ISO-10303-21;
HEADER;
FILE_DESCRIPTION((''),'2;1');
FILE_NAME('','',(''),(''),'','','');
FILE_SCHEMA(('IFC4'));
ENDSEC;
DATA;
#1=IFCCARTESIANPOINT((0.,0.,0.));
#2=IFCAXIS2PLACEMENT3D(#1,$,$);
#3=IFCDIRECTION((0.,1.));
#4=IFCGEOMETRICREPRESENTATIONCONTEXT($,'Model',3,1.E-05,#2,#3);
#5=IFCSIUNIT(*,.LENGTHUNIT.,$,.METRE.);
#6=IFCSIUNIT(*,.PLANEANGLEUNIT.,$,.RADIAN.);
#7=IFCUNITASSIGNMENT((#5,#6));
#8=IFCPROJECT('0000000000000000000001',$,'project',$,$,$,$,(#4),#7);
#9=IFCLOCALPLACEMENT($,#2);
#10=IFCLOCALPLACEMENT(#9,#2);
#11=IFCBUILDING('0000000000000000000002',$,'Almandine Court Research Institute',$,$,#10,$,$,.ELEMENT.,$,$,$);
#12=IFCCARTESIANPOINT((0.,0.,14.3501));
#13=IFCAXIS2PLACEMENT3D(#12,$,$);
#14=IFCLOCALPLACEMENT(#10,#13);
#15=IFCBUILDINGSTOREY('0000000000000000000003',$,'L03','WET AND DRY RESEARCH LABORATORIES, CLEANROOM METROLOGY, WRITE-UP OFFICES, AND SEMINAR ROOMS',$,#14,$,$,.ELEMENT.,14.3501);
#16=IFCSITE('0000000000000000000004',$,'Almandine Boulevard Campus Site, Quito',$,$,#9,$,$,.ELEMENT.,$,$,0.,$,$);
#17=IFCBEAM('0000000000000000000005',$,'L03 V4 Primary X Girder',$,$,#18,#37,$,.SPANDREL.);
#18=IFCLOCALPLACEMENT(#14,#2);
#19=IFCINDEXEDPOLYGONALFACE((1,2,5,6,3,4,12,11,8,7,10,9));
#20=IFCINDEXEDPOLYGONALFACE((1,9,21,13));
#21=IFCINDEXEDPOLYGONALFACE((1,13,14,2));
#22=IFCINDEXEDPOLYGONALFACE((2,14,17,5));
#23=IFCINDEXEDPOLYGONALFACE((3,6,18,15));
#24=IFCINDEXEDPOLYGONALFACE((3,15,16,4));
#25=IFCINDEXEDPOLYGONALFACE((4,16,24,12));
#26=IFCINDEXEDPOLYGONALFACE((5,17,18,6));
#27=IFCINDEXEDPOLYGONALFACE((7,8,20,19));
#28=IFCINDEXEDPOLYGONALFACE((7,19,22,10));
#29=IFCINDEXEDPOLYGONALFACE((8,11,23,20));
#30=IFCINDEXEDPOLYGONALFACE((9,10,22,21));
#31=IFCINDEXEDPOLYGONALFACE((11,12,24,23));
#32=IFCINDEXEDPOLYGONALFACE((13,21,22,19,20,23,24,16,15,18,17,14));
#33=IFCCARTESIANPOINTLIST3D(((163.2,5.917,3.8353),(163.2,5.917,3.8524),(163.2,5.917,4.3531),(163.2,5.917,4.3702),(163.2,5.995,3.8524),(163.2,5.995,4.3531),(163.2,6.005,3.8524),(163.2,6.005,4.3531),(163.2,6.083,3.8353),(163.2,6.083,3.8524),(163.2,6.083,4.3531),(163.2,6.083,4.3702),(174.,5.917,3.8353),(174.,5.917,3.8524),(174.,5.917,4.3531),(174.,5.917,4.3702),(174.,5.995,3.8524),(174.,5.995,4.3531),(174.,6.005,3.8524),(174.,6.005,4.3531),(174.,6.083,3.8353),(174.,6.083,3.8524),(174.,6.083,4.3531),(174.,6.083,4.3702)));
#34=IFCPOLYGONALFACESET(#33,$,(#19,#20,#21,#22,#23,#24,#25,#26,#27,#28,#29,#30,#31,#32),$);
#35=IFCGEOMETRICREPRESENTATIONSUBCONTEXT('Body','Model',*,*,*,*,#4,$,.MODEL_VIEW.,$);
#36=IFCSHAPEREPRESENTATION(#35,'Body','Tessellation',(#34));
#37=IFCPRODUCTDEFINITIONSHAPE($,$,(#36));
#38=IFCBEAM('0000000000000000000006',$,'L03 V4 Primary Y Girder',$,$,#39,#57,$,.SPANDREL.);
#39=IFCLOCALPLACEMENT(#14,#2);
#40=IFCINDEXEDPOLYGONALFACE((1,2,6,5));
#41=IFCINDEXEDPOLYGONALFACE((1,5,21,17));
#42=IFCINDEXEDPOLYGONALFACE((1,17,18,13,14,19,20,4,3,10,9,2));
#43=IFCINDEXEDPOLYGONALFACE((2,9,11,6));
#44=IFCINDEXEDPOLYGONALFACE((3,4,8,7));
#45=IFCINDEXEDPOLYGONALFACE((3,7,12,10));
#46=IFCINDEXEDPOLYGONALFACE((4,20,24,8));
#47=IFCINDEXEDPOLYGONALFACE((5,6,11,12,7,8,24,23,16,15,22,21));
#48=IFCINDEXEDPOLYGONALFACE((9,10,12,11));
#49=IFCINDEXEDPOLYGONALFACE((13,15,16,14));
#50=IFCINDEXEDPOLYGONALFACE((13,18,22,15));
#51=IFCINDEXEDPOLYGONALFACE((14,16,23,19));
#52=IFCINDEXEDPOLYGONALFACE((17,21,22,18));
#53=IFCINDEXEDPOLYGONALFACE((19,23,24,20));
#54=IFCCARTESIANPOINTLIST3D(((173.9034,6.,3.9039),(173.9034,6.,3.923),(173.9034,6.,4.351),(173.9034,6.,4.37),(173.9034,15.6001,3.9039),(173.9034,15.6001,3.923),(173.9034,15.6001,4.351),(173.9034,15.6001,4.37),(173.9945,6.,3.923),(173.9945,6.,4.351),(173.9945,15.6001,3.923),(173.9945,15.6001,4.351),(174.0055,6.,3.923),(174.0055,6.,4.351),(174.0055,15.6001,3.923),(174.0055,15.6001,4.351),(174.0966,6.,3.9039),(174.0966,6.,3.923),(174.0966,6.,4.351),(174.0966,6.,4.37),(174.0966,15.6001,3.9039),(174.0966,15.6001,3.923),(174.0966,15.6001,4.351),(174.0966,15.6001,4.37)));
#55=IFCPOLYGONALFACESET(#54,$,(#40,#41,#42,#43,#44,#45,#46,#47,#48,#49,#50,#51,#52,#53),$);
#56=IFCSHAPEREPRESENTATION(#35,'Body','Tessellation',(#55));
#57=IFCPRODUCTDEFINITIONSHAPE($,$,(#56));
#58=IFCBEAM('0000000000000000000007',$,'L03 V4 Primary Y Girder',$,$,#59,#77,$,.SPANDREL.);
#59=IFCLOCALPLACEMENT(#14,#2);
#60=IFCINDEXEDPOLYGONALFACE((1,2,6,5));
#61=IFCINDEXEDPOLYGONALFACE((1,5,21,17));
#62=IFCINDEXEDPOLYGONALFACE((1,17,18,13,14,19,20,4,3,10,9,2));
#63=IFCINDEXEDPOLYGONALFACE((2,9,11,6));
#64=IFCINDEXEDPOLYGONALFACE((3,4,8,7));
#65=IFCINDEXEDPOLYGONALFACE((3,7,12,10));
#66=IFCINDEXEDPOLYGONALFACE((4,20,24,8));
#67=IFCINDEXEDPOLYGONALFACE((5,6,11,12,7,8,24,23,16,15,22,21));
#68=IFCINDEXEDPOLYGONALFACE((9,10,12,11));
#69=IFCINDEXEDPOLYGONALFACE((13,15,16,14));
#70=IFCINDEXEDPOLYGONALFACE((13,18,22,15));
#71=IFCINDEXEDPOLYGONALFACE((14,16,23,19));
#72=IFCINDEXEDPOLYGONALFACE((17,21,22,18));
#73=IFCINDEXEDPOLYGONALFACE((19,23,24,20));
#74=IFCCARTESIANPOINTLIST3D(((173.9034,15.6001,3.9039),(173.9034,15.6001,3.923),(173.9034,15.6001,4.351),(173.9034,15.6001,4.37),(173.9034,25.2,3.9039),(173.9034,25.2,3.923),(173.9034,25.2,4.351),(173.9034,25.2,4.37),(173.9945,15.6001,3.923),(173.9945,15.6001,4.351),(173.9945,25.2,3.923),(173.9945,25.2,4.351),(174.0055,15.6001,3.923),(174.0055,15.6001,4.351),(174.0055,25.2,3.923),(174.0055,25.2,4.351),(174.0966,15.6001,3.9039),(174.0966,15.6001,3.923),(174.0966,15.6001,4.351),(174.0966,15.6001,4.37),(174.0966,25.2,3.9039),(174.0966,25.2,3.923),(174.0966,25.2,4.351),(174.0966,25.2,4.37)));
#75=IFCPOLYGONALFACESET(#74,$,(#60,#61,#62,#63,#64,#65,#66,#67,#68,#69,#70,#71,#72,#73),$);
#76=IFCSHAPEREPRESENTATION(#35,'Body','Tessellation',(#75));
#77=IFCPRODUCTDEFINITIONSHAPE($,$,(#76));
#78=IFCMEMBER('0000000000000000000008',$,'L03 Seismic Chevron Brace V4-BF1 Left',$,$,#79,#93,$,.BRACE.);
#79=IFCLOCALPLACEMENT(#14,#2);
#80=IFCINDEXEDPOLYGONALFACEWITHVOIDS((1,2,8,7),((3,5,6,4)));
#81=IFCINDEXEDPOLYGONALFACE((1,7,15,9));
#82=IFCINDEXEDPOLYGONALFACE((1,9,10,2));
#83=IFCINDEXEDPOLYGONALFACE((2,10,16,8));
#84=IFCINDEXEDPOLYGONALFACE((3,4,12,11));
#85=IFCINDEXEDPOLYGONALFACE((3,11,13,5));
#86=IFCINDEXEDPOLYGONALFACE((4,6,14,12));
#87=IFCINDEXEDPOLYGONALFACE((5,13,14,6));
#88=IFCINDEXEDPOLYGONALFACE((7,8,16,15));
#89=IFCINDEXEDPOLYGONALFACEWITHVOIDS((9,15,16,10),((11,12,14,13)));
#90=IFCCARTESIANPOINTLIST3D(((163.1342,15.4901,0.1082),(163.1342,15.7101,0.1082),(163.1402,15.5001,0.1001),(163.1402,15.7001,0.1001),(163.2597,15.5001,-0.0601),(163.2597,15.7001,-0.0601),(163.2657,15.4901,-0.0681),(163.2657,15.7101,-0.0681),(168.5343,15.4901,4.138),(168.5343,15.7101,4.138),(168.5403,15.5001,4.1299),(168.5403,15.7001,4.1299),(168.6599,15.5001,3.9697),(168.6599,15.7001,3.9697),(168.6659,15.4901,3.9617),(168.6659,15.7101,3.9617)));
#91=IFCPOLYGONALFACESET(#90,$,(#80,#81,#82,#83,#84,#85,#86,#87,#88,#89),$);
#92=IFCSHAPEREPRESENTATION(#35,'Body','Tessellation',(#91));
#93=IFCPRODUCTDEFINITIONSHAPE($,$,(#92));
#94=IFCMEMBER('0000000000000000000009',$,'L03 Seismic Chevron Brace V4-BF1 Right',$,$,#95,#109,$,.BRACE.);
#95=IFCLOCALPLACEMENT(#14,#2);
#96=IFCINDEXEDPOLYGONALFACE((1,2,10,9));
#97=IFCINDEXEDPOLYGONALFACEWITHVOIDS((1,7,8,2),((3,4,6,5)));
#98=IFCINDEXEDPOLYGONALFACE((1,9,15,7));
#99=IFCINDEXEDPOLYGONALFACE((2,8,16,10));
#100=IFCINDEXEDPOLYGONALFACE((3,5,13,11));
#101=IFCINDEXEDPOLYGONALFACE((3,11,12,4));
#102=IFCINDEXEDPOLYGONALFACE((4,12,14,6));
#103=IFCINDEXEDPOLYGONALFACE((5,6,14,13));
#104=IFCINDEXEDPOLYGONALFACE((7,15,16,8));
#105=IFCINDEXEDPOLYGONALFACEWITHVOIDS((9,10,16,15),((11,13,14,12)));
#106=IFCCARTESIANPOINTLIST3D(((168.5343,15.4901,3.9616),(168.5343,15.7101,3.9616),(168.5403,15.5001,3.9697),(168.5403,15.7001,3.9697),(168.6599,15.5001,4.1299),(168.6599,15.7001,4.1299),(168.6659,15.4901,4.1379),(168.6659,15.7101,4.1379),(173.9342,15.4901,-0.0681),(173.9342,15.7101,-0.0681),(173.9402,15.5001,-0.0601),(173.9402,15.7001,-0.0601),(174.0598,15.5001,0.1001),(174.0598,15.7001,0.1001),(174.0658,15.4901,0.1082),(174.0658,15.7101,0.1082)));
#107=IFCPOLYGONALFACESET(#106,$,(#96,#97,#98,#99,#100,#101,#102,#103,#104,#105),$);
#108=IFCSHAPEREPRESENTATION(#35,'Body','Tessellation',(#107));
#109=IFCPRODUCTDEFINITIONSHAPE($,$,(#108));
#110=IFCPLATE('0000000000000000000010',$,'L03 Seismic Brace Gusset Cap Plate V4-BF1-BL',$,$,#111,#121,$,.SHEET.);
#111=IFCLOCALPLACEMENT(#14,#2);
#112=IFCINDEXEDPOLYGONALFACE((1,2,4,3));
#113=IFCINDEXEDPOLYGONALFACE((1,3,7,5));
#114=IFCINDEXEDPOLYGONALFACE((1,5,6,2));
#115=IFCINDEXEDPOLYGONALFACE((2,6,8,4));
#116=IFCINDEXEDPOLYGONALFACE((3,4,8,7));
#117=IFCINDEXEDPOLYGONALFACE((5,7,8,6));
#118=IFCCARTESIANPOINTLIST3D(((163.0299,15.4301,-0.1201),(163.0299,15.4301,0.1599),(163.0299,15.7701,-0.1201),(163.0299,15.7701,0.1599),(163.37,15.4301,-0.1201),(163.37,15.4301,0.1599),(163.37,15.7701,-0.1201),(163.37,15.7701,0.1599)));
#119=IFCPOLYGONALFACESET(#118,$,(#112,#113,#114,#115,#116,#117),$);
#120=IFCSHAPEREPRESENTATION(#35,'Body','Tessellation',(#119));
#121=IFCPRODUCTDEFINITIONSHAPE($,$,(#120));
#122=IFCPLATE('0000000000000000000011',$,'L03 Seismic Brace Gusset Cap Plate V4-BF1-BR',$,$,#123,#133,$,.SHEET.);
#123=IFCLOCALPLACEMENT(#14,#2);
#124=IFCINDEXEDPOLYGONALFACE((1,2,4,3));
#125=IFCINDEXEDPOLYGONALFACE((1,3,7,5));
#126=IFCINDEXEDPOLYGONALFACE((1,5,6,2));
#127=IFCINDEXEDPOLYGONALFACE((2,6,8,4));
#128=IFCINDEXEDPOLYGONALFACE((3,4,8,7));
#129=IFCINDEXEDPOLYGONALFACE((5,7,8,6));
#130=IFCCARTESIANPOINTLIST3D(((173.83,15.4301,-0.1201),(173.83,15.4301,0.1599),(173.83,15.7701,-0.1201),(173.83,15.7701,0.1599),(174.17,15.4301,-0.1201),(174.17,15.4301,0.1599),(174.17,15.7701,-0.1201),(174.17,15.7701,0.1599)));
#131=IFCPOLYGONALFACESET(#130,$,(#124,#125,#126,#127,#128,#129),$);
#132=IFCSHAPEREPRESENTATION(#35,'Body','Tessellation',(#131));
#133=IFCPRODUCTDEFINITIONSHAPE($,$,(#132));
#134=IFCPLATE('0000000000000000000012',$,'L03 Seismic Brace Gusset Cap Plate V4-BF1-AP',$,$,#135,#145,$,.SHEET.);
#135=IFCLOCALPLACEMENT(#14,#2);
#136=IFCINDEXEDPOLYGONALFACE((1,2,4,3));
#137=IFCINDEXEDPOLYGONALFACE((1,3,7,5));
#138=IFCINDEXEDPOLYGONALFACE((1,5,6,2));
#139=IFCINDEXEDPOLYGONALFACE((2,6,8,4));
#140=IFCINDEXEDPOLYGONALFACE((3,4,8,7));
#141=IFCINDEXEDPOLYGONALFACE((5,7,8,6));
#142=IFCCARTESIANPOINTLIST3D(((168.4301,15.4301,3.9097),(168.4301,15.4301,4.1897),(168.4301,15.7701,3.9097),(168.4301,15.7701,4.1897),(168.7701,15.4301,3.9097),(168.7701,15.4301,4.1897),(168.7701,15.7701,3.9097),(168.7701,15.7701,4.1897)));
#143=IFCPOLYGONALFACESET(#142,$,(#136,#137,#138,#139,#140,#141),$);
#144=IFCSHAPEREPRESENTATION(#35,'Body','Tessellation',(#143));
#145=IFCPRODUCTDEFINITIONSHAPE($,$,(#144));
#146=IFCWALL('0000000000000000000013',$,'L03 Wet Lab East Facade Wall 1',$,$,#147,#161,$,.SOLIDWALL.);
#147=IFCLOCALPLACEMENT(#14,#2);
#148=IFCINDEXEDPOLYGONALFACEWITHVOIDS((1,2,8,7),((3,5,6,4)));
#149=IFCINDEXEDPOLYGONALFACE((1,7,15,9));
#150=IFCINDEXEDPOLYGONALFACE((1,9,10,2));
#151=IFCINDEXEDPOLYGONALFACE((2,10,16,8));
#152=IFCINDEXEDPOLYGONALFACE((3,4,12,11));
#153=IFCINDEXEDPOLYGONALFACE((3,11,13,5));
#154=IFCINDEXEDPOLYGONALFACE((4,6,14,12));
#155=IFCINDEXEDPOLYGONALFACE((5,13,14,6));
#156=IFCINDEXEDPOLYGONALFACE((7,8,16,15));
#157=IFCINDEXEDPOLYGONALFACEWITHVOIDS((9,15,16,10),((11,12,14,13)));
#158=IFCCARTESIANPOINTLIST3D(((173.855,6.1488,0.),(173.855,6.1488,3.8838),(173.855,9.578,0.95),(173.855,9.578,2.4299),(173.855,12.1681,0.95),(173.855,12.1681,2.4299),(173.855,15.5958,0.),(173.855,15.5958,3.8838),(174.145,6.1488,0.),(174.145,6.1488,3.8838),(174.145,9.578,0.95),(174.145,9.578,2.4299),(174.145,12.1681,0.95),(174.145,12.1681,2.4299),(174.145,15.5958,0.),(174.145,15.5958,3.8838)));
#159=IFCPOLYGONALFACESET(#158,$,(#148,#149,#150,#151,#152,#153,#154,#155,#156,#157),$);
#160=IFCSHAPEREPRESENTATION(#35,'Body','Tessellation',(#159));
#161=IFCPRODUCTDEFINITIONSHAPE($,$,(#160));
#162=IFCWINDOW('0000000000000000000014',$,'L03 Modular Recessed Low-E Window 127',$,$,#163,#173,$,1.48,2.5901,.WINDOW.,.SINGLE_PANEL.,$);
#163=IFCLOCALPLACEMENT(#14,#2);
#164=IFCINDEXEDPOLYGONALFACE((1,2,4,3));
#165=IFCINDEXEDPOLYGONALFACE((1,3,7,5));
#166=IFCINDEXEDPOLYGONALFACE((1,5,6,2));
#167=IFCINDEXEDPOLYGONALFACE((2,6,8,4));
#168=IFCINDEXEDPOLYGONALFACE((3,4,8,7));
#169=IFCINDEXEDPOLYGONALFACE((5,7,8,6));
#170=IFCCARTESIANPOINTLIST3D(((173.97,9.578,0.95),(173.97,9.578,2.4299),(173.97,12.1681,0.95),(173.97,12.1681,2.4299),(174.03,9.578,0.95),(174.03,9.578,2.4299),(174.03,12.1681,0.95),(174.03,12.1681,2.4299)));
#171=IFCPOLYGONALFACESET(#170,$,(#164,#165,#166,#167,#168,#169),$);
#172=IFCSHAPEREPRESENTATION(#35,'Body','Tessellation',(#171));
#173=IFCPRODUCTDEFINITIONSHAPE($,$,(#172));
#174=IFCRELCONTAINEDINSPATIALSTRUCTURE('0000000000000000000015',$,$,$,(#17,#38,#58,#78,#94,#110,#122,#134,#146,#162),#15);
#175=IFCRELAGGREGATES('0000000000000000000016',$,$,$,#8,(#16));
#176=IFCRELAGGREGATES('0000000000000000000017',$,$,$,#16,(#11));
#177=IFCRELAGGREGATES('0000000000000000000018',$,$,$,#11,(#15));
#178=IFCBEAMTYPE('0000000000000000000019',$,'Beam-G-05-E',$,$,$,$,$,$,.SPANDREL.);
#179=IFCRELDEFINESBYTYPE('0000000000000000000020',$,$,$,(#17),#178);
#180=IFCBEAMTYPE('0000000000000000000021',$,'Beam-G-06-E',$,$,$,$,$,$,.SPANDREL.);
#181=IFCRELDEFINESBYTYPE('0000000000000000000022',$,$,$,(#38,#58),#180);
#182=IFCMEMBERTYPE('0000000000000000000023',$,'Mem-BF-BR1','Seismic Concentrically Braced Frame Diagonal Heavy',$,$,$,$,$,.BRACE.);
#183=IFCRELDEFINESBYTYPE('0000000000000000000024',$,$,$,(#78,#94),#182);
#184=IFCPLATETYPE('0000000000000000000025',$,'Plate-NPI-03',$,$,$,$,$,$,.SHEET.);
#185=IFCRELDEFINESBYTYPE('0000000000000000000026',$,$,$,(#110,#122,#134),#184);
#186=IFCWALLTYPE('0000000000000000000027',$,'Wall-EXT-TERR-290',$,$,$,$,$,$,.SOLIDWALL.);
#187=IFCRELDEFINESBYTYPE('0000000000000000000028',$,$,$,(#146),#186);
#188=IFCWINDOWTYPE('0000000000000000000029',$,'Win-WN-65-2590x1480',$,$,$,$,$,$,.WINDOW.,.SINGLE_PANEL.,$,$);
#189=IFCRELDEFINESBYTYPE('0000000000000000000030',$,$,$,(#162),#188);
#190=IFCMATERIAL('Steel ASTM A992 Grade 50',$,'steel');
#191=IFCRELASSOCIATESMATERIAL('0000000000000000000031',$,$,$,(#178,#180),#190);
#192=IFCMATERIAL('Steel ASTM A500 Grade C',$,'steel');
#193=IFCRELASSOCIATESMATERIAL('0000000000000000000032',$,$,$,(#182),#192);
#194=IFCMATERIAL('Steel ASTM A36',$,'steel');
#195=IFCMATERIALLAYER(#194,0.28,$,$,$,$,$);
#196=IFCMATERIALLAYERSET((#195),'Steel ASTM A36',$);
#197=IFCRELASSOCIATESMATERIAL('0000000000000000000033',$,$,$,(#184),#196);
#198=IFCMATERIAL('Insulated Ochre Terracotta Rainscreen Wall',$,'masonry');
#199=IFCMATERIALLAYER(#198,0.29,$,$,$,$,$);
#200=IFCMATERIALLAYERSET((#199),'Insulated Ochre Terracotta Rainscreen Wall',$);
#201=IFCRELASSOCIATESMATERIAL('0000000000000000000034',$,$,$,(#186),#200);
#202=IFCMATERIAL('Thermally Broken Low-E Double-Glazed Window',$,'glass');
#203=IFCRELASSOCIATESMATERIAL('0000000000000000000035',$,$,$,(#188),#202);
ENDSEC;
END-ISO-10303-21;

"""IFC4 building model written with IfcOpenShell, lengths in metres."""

from ifc_helpers import new_model, si_unit, direction, frame, frame_2d, origin, origin_2d, place, context, subcontext, project, spatial, rectangle, hollow_rectangle, i_section, extrude, material, layer, layer_set, material_profile, profile_set, type_object, element, fill, save


model = new_model("IFC4")

# Units and contexts
model_context = context("Model", 3, precision=1e-05, world=origin(), true_north=direction((0.0, 1.0)))
body_context = subcontext(model_context, "Body", "Model", "MODEL_VIEW")
ifc_project = project(units=[si_unit("LENGTHUNIT", "METRE"), si_unit("PLANEANGLEUNIT", "RADIAN")], contexts=[model_context])

# Site, building, storey
site_placement = place(None, origin())
site = spatial("IfcSite", under=ifc_project, at=site_placement, Name="Almandine Boulevard Campus Site, Quito", CompositionType="ELEMENT", RefElevation=0.0)
building_placement = place(site_placement, origin())
building = spatial("IfcBuilding", under=site, at=building_placement, Name="Almandine Court Research Institute", CompositionType="ELEMENT")
storey_placement = place(building_placement, frame((0.0, 0.0, 14.3501)))
storey = spatial("IfcBuildingStorey", under=building, at=storey_placement, Name="L03", Description="WET AND DRY RESEARCH LABORATORIES, CLEANROOM METROLOGY, WRITE-UP OFFICES, AND SEMINAR ROOMS", CompositionType="ELEMENT", Elevation=14.3501)

# Shared definitions
ifc_material_1 = material(Name="Steel ASTM A992 Grade 50", Category="steel")

# Beams
ifc_material_profile_1 = material_profile(ifc_material_1, i_section(OverallWidth=0.166, OverallDepth=0.5349, WebThickness=0.01, FlangeThickness=0.0171, at=origin_2d()), Name="W530x85")
ifc_profile_set_1 = profile_set([ifc_material_profile_1], Name="Steel ASTM A992 Grade 50")
beam_type_1 = type_object("IfcBeamType", Name="Beam-G-05-E", PredefinedType="SPANDREL", material=ifc_profile_set_1)
beam_1_placement = place(storey_placement, frame((163.2, 6.0, 4.1028), z_axis=(1.0, 0.0, 0.0), x_axis=(0.0, 1.0, 0.0)))
element("IfcBeam", 1, at=beam_1_placement, inside=storey, type_object=beam_type_1, Name="L03 V4 Primary X Girder", PredefinedType="SPANDREL", context=body_context, shape_type="SweptSolid", body=[
    extrude(i_section(OverallWidth=0.166, OverallDepth=0.5349, WebThickness=0.01, FlangeThickness=0.0171, at=origin_2d()), origin(), (0.0, 0.0, 1.0), 10.8),
])
ifc_material_profile_2 = material_profile(ifc_material_1, i_section(OverallWidth=0.1931, OverallDepth=0.4661, WebThickness=0.011, FlangeThickness=0.019, at=origin_2d()), Name="W460x97")
ifc_profile_set_2 = profile_set([ifc_material_profile_2], Name="Steel ASTM A992 Grade 50")
beam_type_2 = type_object("IfcBeamType", Name="Beam-G-06-E", PredefinedType="SPANDREL", material=ifc_profile_set_2)
beam_2_placement = place(storey_placement, frame((174.0, 6.0, 4.137), z_axis=(0.0, 1.0, 0.0), x_axis=(-1.0, 0.0, 0.0)))
element("IfcBeam", 2, at=beam_2_placement, inside=storey, type_object=beam_type_2, Name="L03 V4 Primary Y Girder", PredefinedType="SPANDREL", context=body_context, shape_type="SweptSolid", body=[
    extrude(i_section(OverallWidth=0.1931, OverallDepth=0.4661, WebThickness=0.011, FlangeThickness=0.019, at=origin_2d()), origin(), (0.0, 0.0, 1.0), 9.6001),
])
beam_3_placement = place(storey_placement, frame((174.0, 15.6001, 4.137), z_axis=(0.0, 1.0, 0.0), x_axis=(-1.0, 0.0, 0.0)))
element("IfcBeam", 3, at=beam_3_placement, inside=storey, type_object=beam_type_2, Name="L03 V4 Primary Y Girder", PredefinedType="SPANDREL", context=body_context, shape_type="SweptSolid", body=[
    extrude(i_section(OverallWidth=0.1931, OverallDepth=0.4661, WebThickness=0.011, FlangeThickness=0.019, at=origin_2d()), origin(), (0.0, 0.0, 1.0), 9.5999),
])

# Members
ifc_material_2 = material(Name="Steel ASTM A500 Grade C", Category="steel")
ifc_material_profile_3 = material_profile(ifc_material_2, hollow_rectangle(XDim=0.22, YDim=0.22, WallThickness=0.01, at=origin_2d()), Name="HSS 220x220x10")
ifc_profile_set_3 = profile_set([ifc_material_profile_3], Name="Steel ASTM A500 Grade C")
member_type = type_object("IfcMemberType", Name="Mem-BF-BR1", Description="Seismic Concentrically Braced Frame Diagonal Heavy", PredefinedType="BRACE", material=ifc_profile_set_3)
member_1_placement = place(storey_placement, frame((163.2, 15.6001, 0.02), z_axis=(0.801446, 0.0, 0.598068), x_axis=(0.0, 1.0, 0.0)))
element("IfcMember", 4, at=member_1_placement, inside=storey, type_object=member_type, Name="L03 Seismic Chevron Brace V4-BF1 Left", PredefinedType="BRACE", context=body_context, shape_type="SweptSolid", body=[
    extrude(hollow_rectangle(XDim=0.22, YDim=0.22, WallThickness=0.01, at=origin_2d()), origin(), (0.0, 0.0, 1.0), 6.738),
])
member_2_placement = place(storey_placement, frame((174.0, 15.6001, 0.02), z_axis=(-0.801433, 0.0, 0.598085), x_axis=(0.0, -1.0, 0.0)))
element("IfcMember", 5, at=member_2_placement, inside=storey, type_object=member_type, Name="L03 Seismic Chevron Brace V4-BF1 Right", PredefinedType="BRACE", context=body_context, shape_type="SweptSolid", body=[
    extrude(hollow_rectangle(XDim=0.22, YDim=0.22, WallThickness=0.01, at=origin_2d()), origin(), (0.0, 0.0, 1.0), 6.7378),
])

# Plates
ifc_material_3 = material(Name="Steel ASTM A36", Category="steel")
ifc_layer_1 = layer(ifc_material_3, 0.28)
ifc_layer_set_1 = layer_set([ifc_layer_1], Name="Steel ASTM A36")
plate_type = type_object("IfcPlateType", Name="Plate-NPI-03", PredefinedType="SHEET", material=ifc_layer_set_1)
for number, where, z_axis, x_axis, name in (
    (6, (163.2, 15.6001, -0.1201), (0.0, 0.0, 1.0), (1.0, 0.0, 0.0), "L03 Seismic Brace Gusset Cap Plate V4-BF1-BL"),
    (7, (174.0, 15.6001, -0.1201), (0.0, 0.0, 1.0), (1.0, 0.0, 0.0), "L03 Seismic Brace Gusset Cap Plate V4-BF1-BR"),
    (8, (168.6001, 15.6001, 3.9097), (0.0, 0.0, 1.0), (1.0, 0.0, 0.0), "L03 Seismic Brace Gusset Cap Plate V4-BF1-AP"),
):
    element("IfcPlate", number, at=place(storey_placement, frame(where, z_axis=z_axis, x_axis=x_axis)), inside=storey, type_object=plate_type, Name=name, PredefinedType="SHEET", context=body_context, shape_type="SweptSolid", body=[
        extrude(rectangle(XDim=0.3401, YDim=0.3401, at=origin_2d()), origin(), (0.0, 0.0, 1.0), 0.28),
    ])

# Wall, opening, window
ifc_material_4 = material(Name="Insulated Ochre Terracotta Rainscreen Wall", Category="masonry")
ifc_layer_2 = layer(ifc_material_4, 0.29)
ifc_layer_set_2 = layer_set([ifc_layer_2], Name="Insulated Ochre Terracotta Rainscreen Wall")
wall_type_1 = type_object("IfcWallType", Name="Wall-EXT-TERR-290", PredefinedType="SOLIDWALL", material=ifc_layer_set_2)
wall_1_placement = place(storey_placement, frame((174.0, 15.5959, 0.0), z_axis=(0.0, 0.0, 1.0), x_axis=(0.0, -1.0, 0.0)))
wall_1 = element("IfcWall", 9, at=wall_1_placement, inside=storey, type_object=wall_type_1, Name="L03 Wet Lab East Facade Wall 1", PredefinedType="SOLIDWALL", context=body_context, shape_type="SweptSolid", body=[
    extrude(rectangle(XDim=9.447, YDim=0.29, at=frame_2d((4.7236, 0.0))), origin(), (0.0, 0.0, 1.0), 3.8838),
])
opening_1_placement = place(wall_1_placement, frame((3.428, 0.0, 0.95)))
opening_1 = element("IfcOpeningElement", 10, at=opening_1_placement, cuts=wall_1, PredefinedType="OPENING", context=body_context, shape_type="SweptSolid", body=[
    extrude(rectangle(XDim=2.5901, YDim=1.48, at=frame_2d((1.2949, 0.74))), frame((0.0, 0.155, 0.0), z_axis=(0.0, -1.0, 0.0), x_axis=(1.0, 0.0, 0.0)), (0.0, 0.0, 1.0), 0.3101),
])
ifc_material_5 = material(Name="Thermally Broken Low-E Double-Glazed Window", Category="glass")
window_type_1 = type_object("IfcWindowType", Name="Win-WN-65-2590x1480", PartitioningType="SINGLE_PANEL", PredefinedType="WINDOW", material=ifc_material_5)
window_1_placement = place(opening_1_placement, origin())
window_1 = element("IfcWindow", 11, at=window_1_placement, inside=storey, type_object=window_type_1, Name="L03 Modular Recessed Low-E Window 127", OverallHeight=1.48, OverallWidth=2.5901, PartitioningType="SINGLE_PANEL", PredefinedType="WINDOW", context=body_context, shape_type="SweptSolid", body=[
    extrude(rectangle(XDim=2.5901, YDim=1.48, at=frame_2d((1.2949, 0.74))), frame((0.0, 0.03, 0.0), z_axis=(0.0, -1.0, 0.0), x_axis=(1.0, 0.0, 0.0)), (0.0, 0.0, 1.0), 0.0601),
])
fill(opening_1, window_1)

save(model, "model.ifc")
